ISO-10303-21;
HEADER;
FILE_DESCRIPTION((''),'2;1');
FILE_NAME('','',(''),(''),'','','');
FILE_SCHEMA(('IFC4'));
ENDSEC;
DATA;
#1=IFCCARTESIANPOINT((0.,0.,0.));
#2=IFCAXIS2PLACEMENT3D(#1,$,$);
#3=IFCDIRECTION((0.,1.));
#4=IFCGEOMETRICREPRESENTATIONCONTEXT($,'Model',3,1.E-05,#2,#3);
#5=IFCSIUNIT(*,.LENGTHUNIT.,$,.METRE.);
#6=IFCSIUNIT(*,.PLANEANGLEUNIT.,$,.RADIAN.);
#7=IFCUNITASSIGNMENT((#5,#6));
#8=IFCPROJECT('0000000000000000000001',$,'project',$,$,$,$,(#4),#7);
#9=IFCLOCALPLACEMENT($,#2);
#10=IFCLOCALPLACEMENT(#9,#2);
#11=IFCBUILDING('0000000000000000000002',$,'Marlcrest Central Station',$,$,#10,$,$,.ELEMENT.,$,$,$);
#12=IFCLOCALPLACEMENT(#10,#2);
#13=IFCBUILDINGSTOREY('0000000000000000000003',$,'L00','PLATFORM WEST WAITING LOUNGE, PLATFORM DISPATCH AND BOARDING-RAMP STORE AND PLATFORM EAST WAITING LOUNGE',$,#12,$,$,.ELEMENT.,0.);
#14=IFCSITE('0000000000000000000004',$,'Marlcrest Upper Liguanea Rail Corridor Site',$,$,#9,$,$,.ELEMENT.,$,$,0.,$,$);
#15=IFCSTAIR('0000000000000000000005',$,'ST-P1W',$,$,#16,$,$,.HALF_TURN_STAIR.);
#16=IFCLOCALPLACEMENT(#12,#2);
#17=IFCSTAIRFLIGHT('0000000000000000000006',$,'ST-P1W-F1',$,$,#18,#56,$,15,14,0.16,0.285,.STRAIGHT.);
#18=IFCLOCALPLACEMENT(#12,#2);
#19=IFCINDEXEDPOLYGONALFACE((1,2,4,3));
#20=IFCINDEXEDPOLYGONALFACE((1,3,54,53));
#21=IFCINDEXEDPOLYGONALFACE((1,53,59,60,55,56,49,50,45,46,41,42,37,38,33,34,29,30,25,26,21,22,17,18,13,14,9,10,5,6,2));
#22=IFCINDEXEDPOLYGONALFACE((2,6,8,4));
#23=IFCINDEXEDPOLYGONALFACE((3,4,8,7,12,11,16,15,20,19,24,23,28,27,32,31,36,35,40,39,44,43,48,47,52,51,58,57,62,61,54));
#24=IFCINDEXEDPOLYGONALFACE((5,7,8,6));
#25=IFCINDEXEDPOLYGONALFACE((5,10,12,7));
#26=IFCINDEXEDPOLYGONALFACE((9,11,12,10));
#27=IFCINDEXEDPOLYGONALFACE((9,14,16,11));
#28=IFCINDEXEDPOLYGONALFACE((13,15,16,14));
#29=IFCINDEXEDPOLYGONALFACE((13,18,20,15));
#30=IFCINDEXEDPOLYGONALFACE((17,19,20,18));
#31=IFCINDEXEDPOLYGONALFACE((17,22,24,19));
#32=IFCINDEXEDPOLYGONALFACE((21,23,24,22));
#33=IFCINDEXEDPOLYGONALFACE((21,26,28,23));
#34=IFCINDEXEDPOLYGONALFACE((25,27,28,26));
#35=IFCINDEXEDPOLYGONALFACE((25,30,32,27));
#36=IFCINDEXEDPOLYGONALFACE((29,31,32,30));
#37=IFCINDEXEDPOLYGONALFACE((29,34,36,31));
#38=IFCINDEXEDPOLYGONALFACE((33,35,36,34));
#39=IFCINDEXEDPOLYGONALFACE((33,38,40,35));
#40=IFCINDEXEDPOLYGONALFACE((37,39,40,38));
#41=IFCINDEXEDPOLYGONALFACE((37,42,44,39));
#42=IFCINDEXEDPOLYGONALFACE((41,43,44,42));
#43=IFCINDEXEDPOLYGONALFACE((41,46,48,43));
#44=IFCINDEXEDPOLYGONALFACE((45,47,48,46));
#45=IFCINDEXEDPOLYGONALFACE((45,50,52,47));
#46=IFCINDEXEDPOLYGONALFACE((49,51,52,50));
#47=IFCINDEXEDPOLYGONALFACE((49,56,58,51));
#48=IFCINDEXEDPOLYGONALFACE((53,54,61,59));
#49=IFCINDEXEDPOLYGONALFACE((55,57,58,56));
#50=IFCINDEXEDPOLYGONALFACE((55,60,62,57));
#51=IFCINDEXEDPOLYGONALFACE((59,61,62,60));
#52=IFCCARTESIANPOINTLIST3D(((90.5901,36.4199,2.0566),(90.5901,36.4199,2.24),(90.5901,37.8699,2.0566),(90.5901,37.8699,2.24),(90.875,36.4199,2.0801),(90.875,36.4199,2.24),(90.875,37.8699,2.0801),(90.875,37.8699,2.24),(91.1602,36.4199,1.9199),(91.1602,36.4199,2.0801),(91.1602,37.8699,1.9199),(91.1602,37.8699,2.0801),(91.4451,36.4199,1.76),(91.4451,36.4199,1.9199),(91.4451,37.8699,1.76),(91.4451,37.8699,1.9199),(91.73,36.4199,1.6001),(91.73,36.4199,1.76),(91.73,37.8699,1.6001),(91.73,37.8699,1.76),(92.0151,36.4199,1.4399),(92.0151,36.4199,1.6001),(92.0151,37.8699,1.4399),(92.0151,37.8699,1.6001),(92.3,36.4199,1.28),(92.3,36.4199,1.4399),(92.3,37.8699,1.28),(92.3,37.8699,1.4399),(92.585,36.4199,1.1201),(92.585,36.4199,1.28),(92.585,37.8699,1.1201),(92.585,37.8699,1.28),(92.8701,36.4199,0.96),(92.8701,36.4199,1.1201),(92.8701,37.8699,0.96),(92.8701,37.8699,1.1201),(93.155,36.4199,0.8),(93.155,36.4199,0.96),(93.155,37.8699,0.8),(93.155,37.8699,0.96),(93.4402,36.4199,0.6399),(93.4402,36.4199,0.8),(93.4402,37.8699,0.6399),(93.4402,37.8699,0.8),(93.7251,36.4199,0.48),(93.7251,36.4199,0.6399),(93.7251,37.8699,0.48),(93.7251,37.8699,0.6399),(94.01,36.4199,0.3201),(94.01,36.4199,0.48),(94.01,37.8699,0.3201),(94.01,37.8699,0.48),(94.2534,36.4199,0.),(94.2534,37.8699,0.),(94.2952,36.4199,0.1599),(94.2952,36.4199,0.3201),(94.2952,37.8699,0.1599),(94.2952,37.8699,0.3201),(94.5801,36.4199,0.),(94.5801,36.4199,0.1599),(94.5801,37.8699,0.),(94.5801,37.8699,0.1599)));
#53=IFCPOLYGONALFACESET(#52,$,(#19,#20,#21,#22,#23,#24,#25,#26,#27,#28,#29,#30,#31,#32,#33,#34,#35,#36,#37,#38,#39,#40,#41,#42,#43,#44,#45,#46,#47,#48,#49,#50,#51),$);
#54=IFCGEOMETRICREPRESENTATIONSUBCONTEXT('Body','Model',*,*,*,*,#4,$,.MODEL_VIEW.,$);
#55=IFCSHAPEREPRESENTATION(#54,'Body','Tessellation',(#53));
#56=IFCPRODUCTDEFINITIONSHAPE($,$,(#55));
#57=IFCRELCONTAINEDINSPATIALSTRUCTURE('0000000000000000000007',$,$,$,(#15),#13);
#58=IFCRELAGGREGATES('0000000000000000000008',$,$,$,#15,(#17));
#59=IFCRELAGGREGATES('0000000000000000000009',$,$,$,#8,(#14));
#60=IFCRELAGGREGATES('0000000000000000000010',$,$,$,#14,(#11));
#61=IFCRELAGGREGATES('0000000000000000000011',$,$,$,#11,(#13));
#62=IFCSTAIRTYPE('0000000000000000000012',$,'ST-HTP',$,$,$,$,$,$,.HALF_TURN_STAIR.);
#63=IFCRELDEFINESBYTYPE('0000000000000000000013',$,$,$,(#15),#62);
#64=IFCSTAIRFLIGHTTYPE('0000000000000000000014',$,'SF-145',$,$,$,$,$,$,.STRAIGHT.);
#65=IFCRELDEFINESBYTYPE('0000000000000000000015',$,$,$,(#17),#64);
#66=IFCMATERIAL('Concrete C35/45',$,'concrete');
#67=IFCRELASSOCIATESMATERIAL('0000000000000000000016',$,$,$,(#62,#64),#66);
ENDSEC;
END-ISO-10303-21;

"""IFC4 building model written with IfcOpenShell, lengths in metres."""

from ifc_helpers import new_model, si_unit, direction, frame, origin, place, context, subcontext, project, spatial, polyline, outline, extrude, material, type_object, element, aggregate, save


model = new_model("IFC4")

# Units and contexts
model_context = context("Model", 3, precision=1e-05, world=origin(), true_north=direction((0.0, 1.0)))
body_context = subcontext(model_context, "Body", "Model", "MODEL_VIEW")
ifc_project = project(units=[si_unit("LENGTHUNIT", "METRE"), si_unit("PLANEANGLEUNIT", "RADIAN")], contexts=[model_context])

# Site, building, storey
site_placement = place(None, origin())
site = spatial("IfcSite", under=ifc_project, at=site_placement, Name="Marlcrest Upper Liguanea Rail Corridor Site", CompositionType="ELEMENT", RefElevation=0.0)
building_placement = place(site_placement, origin())
building = spatial("IfcBuilding", under=site, at=building_placement, Name="Marlcrest Central Station", CompositionType="ELEMENT")
storey_placement = place(building_placement, origin())
storey = spatial("IfcBuildingStorey", under=building, at=storey_placement, Name="L00", Description="PLATFORM WEST WAITING LOUNGE, PLATFORM DISPATCH AND BOARDING-RAMP STORE AND PLATFORM EAST WAITING LOUNGE", CompositionType="ELEMENT", Elevation=0.0)

# Shared definitions
ifc_material_1 = material(Name="Concrete C35/45", Category="concrete")

# Stair, stair flight
stair_type = type_object("IfcStairType", Name="ST-HTP", PredefinedType="HALF_TURN_STAIR", material=ifc_material_1)
stair_placement = place(storey_placement, origin())
stair = element("IfcStair", 1, at=stair_placement, inside=storey, type_object=stair_type, Name="ST-P1W", PredefinedType="HALF_TURN_STAIR")
stair_flight_type = type_object("IfcStairFlightType", Name="SF-145", PredefinedType="STRAIGHT", material=ifc_material_1)
stair_flight_placement = place(storey_placement, frame((94.5801, 37.145, 0.0), z_axis=(0.0, 0.0, 1.0), x_axis=(-1.0, 0.0, 0.0)))
stair_flight = element("IfcStairFlight", 2, at=stair_flight_placement, type_object=stair_flight_type, Name="ST-P1W-F1", NumberOfRisers=15, NumberOfTreads=14, PredefinedType="STRAIGHT", RiserHeight=0.16, TreadLength=0.285, context=body_context, shape_type="SweptSolid", body=[
    extrude(outline(polyline([(0.0, 0.0), (0.0, 0.1599), (0.2849, 0.1599), (0.2849, 0.3201), (0.5701, 0.3201), (0.5701, 0.48), (0.855, 0.48), (0.855, 0.6399), (1.1399, 0.6399), (1.1399, 0.8), (1.425, 0.8), (1.425, 0.96), (1.71, 0.96), (1.71, 1.1201), (1.9951, 1.1201), (1.9951, 1.28), (2.28, 1.28), (2.28, 1.4399), (2.5649, 1.4399), (2.5649, 1.6001), (2.8501, 1.6001), (2.8501, 1.76), (3.135, 1.76), (3.135, 1.9199), (3.4199, 1.9199), (3.4199, 2.0801), (3.7051, 2.0801), (3.7051, 2.24), (3.99, 2.24), (3.99, 2.3999), (3.99, 2.0566), (0.3267, 0.0), (0.0, 0.0)])), frame((0.0, 0.7251, 0.0), z_axis=(0.0, -1.0, 0.0), x_axis=(1.0, 0.0, 0.0)), (0.0, 0.0, 1.0), 1.45),
])
aggregate(stair, [stair_flight])

save(model, "model.ifc")
